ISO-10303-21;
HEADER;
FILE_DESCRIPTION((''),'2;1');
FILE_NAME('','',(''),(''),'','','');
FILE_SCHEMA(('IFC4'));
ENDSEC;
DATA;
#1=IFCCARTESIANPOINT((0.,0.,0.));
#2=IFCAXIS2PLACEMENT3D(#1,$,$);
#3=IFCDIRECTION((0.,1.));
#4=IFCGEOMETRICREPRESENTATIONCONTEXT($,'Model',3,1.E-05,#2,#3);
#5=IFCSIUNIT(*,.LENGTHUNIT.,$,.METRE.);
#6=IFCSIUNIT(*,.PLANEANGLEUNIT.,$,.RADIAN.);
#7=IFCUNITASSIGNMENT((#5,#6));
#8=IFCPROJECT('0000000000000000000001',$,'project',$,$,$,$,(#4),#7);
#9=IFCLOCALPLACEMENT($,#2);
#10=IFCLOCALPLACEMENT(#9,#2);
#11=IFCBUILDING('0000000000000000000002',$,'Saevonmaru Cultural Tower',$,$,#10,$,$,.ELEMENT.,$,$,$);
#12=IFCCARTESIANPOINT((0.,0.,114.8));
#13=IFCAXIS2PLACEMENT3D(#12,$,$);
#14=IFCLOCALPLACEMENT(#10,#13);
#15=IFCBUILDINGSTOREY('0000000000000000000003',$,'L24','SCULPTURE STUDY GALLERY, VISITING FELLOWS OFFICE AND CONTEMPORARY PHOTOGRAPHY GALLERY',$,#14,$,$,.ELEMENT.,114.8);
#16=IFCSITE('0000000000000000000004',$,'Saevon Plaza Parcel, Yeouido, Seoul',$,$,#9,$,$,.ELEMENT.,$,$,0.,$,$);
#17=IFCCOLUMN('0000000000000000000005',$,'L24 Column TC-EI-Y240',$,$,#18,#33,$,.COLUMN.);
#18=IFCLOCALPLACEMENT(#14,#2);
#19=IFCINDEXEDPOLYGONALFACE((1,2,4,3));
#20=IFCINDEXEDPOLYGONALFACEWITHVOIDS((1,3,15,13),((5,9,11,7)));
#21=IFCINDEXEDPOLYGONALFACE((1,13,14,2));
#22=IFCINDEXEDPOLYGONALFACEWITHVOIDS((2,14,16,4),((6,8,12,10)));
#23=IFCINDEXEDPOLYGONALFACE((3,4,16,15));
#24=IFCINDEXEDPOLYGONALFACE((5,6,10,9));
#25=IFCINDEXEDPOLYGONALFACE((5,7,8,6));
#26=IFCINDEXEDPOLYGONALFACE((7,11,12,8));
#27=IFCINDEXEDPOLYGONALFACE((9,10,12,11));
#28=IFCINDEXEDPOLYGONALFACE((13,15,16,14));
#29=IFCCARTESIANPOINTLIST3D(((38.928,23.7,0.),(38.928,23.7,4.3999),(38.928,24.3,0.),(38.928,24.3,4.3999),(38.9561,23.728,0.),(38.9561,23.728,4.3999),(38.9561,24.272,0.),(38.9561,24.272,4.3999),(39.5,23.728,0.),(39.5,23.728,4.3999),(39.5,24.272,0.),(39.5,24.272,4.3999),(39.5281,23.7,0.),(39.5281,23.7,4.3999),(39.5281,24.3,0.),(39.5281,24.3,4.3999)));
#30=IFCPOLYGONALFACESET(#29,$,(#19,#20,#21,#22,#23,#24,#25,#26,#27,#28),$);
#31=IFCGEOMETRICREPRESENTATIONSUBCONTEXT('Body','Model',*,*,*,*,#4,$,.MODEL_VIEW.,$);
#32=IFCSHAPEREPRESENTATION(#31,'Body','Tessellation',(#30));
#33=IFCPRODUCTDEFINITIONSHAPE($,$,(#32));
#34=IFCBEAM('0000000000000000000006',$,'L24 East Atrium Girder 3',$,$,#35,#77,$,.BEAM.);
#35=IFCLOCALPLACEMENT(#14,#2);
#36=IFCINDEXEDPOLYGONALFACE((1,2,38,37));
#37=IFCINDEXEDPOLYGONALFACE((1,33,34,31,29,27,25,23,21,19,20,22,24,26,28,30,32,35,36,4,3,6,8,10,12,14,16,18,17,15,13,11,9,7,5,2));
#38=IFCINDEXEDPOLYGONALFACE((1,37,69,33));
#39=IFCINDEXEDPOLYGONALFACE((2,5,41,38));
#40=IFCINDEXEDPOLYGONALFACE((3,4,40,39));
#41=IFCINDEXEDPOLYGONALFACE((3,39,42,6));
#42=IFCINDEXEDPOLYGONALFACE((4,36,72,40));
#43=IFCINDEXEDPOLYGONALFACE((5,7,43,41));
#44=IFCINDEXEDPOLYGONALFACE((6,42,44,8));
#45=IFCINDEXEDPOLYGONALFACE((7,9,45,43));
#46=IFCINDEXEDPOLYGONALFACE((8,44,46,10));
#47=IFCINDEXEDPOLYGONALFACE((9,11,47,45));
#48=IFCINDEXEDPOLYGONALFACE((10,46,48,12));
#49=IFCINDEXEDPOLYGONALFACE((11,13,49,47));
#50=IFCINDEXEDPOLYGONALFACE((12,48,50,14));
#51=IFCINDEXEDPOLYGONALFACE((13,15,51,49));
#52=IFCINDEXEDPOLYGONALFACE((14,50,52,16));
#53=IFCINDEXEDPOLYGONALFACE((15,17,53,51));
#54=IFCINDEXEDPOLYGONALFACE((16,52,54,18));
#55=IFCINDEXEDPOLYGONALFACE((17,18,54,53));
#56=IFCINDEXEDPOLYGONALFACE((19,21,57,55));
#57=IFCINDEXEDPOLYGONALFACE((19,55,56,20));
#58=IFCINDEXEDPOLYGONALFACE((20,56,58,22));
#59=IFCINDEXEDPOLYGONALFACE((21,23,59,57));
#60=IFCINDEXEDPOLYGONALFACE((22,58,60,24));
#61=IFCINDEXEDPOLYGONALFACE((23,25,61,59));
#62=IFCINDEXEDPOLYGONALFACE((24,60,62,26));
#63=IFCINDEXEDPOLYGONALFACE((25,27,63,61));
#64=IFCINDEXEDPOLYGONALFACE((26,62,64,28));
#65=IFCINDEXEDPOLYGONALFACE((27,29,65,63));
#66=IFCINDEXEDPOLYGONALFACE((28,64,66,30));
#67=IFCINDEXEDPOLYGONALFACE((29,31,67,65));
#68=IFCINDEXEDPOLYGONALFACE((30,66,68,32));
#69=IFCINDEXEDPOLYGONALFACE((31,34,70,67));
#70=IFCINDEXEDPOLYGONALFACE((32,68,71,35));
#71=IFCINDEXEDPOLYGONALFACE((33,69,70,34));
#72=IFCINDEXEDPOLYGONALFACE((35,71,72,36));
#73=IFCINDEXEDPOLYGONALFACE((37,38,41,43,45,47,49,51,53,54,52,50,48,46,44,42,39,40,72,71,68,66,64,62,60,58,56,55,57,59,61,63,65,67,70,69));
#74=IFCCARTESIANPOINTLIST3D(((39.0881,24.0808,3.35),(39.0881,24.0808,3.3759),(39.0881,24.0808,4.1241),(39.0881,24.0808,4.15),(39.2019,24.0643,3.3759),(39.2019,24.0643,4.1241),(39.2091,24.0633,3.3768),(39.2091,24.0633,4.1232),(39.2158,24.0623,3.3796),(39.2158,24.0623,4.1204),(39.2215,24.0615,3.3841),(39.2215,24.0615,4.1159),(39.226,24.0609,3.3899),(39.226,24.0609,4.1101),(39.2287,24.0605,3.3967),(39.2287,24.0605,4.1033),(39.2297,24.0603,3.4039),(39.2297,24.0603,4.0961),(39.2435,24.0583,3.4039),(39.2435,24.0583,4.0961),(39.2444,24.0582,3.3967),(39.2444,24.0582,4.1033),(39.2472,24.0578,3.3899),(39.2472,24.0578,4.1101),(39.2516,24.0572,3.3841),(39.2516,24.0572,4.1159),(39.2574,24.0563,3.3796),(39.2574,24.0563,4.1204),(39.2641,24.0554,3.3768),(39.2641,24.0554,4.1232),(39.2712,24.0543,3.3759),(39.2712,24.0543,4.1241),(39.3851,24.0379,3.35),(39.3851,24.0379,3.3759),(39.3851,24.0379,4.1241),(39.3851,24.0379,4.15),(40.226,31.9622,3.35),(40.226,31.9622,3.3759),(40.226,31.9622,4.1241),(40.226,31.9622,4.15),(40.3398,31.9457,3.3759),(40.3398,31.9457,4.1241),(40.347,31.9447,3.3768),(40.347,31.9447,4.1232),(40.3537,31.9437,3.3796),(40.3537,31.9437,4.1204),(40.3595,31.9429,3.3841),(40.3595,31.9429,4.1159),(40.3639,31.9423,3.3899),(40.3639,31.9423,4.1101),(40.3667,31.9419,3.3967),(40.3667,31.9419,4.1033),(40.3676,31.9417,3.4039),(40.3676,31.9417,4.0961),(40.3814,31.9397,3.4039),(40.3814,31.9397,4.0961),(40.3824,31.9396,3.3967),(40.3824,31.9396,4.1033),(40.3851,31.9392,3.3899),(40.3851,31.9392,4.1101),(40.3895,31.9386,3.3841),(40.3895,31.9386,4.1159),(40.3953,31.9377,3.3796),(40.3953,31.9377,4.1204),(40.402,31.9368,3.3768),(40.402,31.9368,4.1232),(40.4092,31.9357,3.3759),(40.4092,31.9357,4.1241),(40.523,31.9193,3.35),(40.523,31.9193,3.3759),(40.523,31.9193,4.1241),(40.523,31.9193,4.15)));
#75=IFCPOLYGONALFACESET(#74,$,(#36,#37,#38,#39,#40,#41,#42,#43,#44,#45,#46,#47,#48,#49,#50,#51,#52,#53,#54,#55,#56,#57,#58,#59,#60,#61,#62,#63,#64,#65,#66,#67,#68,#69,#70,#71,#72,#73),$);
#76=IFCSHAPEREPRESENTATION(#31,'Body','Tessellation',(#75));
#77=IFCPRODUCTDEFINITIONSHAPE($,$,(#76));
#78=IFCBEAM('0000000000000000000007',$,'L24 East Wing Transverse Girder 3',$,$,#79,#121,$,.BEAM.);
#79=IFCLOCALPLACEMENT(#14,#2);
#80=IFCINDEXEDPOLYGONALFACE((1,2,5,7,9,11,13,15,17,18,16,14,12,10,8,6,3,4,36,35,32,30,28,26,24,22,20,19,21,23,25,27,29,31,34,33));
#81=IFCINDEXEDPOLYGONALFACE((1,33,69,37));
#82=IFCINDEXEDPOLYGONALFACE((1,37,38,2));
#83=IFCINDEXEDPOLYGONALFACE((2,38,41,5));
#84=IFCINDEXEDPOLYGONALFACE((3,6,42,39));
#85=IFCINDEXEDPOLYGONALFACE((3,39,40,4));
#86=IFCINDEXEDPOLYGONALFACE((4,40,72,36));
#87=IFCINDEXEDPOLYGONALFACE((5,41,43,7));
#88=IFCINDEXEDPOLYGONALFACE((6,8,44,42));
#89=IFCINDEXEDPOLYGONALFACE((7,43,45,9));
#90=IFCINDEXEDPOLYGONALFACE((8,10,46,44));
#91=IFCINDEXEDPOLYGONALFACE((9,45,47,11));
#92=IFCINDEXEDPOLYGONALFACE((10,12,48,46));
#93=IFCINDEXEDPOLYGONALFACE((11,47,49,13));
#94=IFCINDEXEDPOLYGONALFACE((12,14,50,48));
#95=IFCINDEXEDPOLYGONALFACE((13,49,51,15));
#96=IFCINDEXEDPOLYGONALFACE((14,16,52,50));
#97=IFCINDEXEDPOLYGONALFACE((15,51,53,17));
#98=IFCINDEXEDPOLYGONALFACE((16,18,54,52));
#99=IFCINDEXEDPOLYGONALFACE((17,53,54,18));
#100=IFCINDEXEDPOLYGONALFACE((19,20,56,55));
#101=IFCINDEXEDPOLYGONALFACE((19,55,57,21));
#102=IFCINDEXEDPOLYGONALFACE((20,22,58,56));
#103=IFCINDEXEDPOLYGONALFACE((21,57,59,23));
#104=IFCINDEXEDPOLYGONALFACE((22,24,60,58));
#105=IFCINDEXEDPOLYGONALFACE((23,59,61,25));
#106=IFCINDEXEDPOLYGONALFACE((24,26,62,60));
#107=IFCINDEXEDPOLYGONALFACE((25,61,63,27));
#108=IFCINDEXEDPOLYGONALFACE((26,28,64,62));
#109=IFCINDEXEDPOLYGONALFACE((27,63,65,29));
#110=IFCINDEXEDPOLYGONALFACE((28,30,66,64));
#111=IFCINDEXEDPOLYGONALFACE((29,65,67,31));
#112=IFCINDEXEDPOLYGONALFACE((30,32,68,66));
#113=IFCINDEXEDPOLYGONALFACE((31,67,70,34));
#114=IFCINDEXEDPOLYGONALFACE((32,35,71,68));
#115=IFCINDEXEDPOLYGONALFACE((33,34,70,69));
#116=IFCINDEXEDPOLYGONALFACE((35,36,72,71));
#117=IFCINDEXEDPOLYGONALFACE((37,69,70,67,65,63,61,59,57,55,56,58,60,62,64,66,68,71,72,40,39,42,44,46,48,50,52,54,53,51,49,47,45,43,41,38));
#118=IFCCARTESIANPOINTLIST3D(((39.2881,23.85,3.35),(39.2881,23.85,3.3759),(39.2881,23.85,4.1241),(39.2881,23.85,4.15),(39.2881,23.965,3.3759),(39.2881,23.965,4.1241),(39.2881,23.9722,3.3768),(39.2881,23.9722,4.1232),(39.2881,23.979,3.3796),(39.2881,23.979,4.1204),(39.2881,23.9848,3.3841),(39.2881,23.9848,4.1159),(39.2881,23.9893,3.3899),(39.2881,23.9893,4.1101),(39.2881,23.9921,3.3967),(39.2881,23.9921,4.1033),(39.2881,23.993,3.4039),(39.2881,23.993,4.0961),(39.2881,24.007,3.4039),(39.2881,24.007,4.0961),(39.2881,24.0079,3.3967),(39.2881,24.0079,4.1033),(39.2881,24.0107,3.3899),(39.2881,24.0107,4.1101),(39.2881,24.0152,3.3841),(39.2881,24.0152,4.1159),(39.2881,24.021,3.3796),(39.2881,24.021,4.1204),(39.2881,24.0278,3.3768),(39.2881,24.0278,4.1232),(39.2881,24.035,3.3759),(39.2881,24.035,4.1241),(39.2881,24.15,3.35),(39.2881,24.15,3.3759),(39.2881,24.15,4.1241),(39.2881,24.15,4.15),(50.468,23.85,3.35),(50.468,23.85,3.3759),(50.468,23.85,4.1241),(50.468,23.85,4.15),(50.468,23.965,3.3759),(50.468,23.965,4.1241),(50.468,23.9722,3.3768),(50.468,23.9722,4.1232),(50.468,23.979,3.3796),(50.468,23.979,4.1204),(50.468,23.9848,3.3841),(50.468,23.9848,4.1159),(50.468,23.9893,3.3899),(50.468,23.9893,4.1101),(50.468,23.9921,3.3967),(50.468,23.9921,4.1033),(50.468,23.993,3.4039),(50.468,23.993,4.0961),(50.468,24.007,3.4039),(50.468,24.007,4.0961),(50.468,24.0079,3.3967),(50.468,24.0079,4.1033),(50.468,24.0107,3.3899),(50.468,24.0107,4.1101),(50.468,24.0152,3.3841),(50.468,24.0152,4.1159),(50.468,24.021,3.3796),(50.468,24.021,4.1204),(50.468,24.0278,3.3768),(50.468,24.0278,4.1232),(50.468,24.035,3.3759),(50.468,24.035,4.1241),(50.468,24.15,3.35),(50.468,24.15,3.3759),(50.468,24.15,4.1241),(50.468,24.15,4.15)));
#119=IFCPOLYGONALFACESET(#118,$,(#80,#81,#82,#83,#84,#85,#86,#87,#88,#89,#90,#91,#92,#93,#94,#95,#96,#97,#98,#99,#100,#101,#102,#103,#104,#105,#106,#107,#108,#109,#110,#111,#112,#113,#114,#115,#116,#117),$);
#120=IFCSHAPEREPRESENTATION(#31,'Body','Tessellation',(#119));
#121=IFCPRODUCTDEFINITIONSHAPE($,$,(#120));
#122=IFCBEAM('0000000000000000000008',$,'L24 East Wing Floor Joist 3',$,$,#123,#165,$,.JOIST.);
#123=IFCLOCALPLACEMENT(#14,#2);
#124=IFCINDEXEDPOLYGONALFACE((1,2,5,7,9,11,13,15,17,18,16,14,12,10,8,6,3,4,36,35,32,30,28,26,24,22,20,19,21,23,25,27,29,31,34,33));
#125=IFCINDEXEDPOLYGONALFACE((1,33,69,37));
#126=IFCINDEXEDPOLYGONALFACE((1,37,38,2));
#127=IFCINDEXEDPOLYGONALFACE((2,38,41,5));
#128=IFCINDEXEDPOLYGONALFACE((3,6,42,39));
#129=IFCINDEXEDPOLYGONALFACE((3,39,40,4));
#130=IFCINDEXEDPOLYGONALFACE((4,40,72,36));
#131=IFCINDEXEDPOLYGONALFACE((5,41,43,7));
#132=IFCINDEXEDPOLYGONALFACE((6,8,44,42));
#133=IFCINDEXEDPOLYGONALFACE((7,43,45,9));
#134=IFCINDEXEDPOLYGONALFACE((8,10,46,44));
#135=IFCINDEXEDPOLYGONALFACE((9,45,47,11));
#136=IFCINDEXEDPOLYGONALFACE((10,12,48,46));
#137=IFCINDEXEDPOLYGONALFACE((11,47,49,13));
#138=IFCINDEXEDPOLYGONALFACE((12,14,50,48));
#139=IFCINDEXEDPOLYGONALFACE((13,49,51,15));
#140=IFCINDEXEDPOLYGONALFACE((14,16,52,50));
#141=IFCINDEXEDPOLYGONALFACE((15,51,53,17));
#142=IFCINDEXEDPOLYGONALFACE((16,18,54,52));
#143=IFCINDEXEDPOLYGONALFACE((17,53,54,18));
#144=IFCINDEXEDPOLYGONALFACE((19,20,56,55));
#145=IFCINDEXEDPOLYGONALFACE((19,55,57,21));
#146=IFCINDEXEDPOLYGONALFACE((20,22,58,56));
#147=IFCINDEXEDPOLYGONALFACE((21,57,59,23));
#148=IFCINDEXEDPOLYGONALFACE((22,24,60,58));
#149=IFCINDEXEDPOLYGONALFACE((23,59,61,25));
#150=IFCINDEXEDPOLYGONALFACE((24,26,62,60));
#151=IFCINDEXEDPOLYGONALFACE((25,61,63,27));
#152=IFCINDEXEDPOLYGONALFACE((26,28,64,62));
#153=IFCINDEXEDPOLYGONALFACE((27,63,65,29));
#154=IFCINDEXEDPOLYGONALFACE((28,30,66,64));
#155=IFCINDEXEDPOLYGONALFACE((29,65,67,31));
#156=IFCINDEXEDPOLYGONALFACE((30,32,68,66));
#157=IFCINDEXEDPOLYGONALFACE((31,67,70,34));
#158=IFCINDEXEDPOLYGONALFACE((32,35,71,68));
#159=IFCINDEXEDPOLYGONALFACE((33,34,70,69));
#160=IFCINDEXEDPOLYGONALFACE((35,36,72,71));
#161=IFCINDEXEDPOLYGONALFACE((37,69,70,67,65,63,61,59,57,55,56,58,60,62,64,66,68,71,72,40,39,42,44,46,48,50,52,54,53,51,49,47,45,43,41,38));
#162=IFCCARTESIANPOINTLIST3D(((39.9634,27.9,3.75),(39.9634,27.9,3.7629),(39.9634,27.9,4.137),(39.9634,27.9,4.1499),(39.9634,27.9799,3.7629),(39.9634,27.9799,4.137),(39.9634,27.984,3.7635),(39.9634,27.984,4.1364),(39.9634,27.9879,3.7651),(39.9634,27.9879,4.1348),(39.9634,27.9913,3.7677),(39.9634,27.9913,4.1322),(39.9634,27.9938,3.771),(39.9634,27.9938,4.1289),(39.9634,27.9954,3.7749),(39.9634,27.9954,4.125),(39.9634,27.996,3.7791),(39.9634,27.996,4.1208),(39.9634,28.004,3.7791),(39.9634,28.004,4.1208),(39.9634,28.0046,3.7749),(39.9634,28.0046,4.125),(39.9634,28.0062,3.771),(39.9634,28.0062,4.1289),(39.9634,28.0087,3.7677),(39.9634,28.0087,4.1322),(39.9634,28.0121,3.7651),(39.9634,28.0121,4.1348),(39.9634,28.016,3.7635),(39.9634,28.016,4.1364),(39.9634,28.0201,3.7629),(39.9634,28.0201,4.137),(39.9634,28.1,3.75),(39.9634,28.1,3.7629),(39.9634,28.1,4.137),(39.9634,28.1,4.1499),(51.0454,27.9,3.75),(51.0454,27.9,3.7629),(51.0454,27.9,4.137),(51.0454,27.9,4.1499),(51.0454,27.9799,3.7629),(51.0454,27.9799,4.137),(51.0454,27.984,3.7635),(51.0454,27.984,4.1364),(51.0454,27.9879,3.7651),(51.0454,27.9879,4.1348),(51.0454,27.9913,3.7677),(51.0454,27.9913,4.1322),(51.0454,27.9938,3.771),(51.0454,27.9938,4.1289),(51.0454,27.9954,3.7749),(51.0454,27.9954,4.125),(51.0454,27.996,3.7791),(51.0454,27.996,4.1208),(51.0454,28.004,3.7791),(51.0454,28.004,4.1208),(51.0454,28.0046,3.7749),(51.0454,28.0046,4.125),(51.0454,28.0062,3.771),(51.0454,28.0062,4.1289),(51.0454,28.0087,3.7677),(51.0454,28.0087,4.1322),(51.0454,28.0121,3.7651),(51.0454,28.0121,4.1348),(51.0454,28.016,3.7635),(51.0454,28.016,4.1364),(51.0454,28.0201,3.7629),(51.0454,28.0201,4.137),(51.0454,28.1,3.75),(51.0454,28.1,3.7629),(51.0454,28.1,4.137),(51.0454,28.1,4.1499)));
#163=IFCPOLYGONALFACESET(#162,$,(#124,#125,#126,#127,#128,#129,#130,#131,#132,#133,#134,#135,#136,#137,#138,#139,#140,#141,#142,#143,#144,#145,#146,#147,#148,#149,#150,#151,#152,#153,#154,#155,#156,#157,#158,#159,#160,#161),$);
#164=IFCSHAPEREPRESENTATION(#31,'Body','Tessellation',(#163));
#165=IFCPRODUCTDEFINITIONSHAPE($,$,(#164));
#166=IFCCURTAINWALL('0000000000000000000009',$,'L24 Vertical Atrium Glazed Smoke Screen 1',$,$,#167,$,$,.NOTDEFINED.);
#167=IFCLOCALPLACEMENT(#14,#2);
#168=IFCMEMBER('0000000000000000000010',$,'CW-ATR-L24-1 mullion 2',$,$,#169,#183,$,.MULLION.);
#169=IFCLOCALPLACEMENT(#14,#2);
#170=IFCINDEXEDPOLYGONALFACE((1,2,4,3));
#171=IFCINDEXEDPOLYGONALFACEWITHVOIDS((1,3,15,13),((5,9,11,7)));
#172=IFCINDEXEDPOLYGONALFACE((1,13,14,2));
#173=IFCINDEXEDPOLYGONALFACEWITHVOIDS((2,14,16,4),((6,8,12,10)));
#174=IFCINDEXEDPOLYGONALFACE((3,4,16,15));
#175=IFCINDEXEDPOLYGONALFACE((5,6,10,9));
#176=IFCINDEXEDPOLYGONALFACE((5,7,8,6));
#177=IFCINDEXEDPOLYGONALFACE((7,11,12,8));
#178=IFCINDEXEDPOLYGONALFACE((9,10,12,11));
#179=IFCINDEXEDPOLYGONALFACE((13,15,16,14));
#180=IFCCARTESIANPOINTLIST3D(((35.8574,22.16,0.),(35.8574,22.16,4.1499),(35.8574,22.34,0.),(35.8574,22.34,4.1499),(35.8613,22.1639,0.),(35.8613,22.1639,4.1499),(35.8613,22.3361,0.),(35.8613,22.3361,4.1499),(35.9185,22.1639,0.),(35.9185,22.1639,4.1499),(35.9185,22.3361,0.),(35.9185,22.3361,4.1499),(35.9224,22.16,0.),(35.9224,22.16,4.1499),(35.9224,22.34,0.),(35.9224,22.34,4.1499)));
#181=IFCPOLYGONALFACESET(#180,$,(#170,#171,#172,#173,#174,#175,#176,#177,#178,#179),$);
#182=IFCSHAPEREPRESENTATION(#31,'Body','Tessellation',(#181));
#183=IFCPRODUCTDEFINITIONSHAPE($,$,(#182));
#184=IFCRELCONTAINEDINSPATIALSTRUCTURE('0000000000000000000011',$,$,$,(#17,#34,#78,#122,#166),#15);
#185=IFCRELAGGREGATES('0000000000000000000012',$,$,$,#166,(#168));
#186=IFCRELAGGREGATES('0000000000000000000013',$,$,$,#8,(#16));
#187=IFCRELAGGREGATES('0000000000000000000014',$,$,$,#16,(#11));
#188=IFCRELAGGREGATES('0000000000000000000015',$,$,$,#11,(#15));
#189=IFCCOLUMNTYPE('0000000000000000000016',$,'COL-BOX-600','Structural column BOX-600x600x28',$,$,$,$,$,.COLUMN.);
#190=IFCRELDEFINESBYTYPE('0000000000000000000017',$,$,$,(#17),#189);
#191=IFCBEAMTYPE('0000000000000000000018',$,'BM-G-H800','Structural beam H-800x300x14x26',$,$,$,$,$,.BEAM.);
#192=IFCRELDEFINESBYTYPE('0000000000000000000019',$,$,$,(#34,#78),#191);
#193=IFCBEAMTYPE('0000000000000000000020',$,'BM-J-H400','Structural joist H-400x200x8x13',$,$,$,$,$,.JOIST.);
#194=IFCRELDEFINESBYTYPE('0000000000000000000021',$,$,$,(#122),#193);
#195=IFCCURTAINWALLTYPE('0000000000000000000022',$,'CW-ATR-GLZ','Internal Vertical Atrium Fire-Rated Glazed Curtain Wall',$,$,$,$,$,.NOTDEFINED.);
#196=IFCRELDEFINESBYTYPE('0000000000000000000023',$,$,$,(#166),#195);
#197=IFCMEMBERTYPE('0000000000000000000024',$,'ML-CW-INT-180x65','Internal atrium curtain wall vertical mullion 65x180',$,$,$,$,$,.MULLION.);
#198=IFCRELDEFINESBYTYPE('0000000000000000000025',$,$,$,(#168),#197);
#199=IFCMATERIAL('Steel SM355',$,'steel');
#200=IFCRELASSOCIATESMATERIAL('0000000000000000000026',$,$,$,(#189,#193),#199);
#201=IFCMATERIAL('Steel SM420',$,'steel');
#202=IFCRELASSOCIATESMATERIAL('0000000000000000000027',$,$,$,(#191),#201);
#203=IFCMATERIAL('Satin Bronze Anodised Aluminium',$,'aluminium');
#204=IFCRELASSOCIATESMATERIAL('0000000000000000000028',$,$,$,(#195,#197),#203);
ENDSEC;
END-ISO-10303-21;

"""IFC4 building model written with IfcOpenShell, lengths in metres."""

from ifc_helpers import new_model, si_unit, direction, frame, origin, origin_2d, place, context, subcontext, project, spatial, hollow_rectangle, i_section, extrude, material, material_profile, profile_set, type_object, element, aggregate, save


model = new_model("IFC4")

# Units and contexts
model_context = context("Model", 3, precision=1e-05, world=origin(), true_north=direction((0.0, 1.0)))
body_context = subcontext(model_context, "Body", "Model", "MODEL_VIEW")
ifc_project = project(units=[si_unit("LENGTHUNIT", "METRE"), si_unit("PLANEANGLEUNIT", "RADIAN")], contexts=[model_context])

# Site, building, storey
site_placement = place(None, origin())
site = spatial("IfcSite", under=ifc_project, at=site_placement, Name="Saevon Plaza Parcel, Yeouido, Seoul", CompositionType="ELEMENT", RefElevation=0.0)
building_placement = place(site_placement, origin())
building = spatial("IfcBuilding", under=site, at=building_placement, Name="Saevonmaru Cultural Tower", CompositionType="ELEMENT")
storey_placement = place(building_placement, frame((0.0, 0.0, 114.8)))
storey = spatial("IfcBuildingStorey", under=building, at=storey_placement, Name="L24", Description="SCULPTURE STUDY GALLERY, VISITING FELLOWS OFFICE AND CONTEMPORARY PHOTOGRAPHY GALLERY", CompositionType="ELEMENT", Elevation=114.8)

# Column
ifc_material_1 = material(Name="Steel SM355", Category="steel")
ifc_material_profile_1 = material_profile(ifc_material_1, hollow_rectangle(XDim=0.6001, YDim=0.6001, WallThickness=0.0281, at=origin_2d()), Name="BOX-600x600x28")
ifc_profile_set_1 = profile_set([ifc_material_profile_1], Name="Steel SM355")
column_type = type_object("IfcColumnType", Name="COL-BOX-600", Description="Structural column BOX-600x600x28", PredefinedType="COLUMN", material=ifc_profile_set_1)
column_placement = place(storey_placement, frame((39.228, 24.0, 0.0), z_axis=(0.0, 0.0, 1.0), x_axis=(1.0, 0.0, 0.0)))
element("IfcColumn", 1, at=column_placement, inside=storey, type_object=column_type, Name="L24 Column TC-EI-Y240", PredefinedType="COLUMN", context=body_context, shape_type="SweptSolid", body=[
    extrude(hollow_rectangle(XDim=0.6001, YDim=0.6001, WallThickness=0.0281, at=origin_2d()), origin(), (0.0, 0.0, 1.0), 4.3999),
])

# Beams
ifc_material_2 = material(Name="Steel SM420", Category="steel")
ifc_material_profile_2 = material_profile(ifc_material_2, i_section(OverallWidth=0.3, OverallDepth=0.8, WebThickness=0.0139, FlangeThickness=0.0259, FilletRadius=0.0281, at=origin_2d()), Name="H-800x300x14x26")
ifc_profile_set_2 = profile_set([ifc_material_profile_2], Name="Steel SM420")
beam_type_1 = type_object("IfcBeamType", Name="BM-G-H800", Description="Structural beam H-800x300x14x26", PredefinedType="BEAM", material=ifc_profile_set_2)
beam_1_placement = place(storey_placement, frame((39.2366, 24.0593, 3.75), z_axis=(0.142902, 0.989737, 0.0), x_axis=(-0.989737, 0.142902, 0.0)))
element("IfcBeam", 2, at=beam_1_placement, inside=storey, type_object=beam_type_1, Name="L24 East Atrium Girder 3", PredefinedType="BEAM", context=body_context, shape_type="SweptSolid", body=[
    extrude(i_section(OverallWidth=0.3, OverallDepth=0.8, WebThickness=0.0139, FlangeThickness=0.0259, FilletRadius=0.0281, at=origin_2d()), origin(), (0.0, 0.0, 1.0), 7.9631),
])
beam_2_placement = place(storey_placement, frame((39.2881, 24.0, 3.75), z_axis=(1.0, 0.0, 0.0), x_axis=(0.0, 1.0, 0.0)))
element("IfcBeam", 3, at=beam_2_placement, inside=storey, type_object=beam_type_1, Name="L24 East Wing Transverse Girder 3", PredefinedType="BEAM", context=body_context, shape_type="SweptSolid", body=[
    extrude(i_section(OverallWidth=0.3, OverallDepth=0.8, WebThickness=0.0139, FlangeThickness=0.0259, FilletRadius=0.0281, at=origin_2d()), origin(), (0.0, 0.0, 1.0), 11.1799),
])
ifc_material_profile_3 = material_profile(ifc_material_1, i_section(OverallWidth=0.2, OverallDepth=0.3999, WebThickness=0.0081, FlangeThickness=0.0129, FilletRadius=0.0161, at=origin_2d()), Name="H-400x200x8x13")
ifc_profile_set_3 = profile_set([ifc_material_profile_3], Name="Steel SM355")
beam_type_2 = type_object("IfcBeamType", Name="BM-J-H400", Description="Structural joist H-400x200x8x13", PredefinedType="JOIST", material=ifc_profile_set_3)
beam_3_placement = place(storey_placement, frame((39.9634, 28.0, 3.95), z_axis=(1.0, 0.0, 0.0), x_axis=(0.0, 1.0, 0.0)))
element("IfcBeam", 4, at=beam_3_placement, inside=storey, type_object=beam_type_2, Name="L24 East Wing Floor Joist 3", PredefinedType="JOIST", context=body_context, shape_type="SweptSolid", body=[
    extrude(i_section(OverallWidth=0.2, OverallDepth=0.3999, WebThickness=0.0081, FlangeThickness=0.0129, FilletRadius=0.0161, at=origin_2d()), origin(), (0.0, 0.0, 1.0), 11.082),
])

# Curtain wall, member
ifc_material_3 = material(Name="Satin Bronze Anodised Aluminium", Category="aluminium")
curtain_wall_type = type_object("IfcCurtainWallType", Name="CW-ATR-GLZ", Description="Internal Vertical Atrium Fire-Rated Glazed Curtain Wall", PredefinedType="NOTDEFINED", material=ifc_material_3)
curtain_wall_1_placement = place(storey_placement, origin())
curtain_wall_1 = element("IfcCurtainWall", 5, at=curtain_wall_1_placement, inside=storey, type_object=curtain_wall_type, Name="L24 Vertical Atrium Glazed Smoke Screen 1", PredefinedType="NOTDEFINED")
ifc_material_profile_4 = material_profile(ifc_material_3, hollow_rectangle(XDim=0.0649, YDim=0.1799, WallThickness=0.0039, at=origin_2d()), Name="ALU-MULL-180x65x4")
ifc_profile_set_4 = profile_set([ifc_material_profile_4], Name="Satin Bronze Anodised Aluminium")
member_type_1 = type_object("IfcMemberType", Name="ML-CW-INT-180x65", Description="Internal atrium curtain wall vertical mullion 65x180", PredefinedType="MULLION", material=ifc_profile_set_4)
member_1_placement = place(storey_placement, frame((35.8899, 22.25, 0.0), z_axis=(0.0, 0.0, 1.0), x_axis=(1.0, 0.0, 0.0)))
member_1 = element("IfcMember", 6, at=member_1_placement, type_object=member_type_1, Name="CW-ATR-L24-1 mullion 2", PredefinedType="MULLION", context=body_context, shape_type="SweptSolid", body=[
    extrude(hollow_rectangle(XDim=0.0649, YDim=0.1799, WallThickness=0.0039, at=origin_2d()), origin(), (0.0, 0.0, 1.0), 4.1499),
])
aggregate(curtain_wall_1, [member_1])

save(model, "model.ifc")
